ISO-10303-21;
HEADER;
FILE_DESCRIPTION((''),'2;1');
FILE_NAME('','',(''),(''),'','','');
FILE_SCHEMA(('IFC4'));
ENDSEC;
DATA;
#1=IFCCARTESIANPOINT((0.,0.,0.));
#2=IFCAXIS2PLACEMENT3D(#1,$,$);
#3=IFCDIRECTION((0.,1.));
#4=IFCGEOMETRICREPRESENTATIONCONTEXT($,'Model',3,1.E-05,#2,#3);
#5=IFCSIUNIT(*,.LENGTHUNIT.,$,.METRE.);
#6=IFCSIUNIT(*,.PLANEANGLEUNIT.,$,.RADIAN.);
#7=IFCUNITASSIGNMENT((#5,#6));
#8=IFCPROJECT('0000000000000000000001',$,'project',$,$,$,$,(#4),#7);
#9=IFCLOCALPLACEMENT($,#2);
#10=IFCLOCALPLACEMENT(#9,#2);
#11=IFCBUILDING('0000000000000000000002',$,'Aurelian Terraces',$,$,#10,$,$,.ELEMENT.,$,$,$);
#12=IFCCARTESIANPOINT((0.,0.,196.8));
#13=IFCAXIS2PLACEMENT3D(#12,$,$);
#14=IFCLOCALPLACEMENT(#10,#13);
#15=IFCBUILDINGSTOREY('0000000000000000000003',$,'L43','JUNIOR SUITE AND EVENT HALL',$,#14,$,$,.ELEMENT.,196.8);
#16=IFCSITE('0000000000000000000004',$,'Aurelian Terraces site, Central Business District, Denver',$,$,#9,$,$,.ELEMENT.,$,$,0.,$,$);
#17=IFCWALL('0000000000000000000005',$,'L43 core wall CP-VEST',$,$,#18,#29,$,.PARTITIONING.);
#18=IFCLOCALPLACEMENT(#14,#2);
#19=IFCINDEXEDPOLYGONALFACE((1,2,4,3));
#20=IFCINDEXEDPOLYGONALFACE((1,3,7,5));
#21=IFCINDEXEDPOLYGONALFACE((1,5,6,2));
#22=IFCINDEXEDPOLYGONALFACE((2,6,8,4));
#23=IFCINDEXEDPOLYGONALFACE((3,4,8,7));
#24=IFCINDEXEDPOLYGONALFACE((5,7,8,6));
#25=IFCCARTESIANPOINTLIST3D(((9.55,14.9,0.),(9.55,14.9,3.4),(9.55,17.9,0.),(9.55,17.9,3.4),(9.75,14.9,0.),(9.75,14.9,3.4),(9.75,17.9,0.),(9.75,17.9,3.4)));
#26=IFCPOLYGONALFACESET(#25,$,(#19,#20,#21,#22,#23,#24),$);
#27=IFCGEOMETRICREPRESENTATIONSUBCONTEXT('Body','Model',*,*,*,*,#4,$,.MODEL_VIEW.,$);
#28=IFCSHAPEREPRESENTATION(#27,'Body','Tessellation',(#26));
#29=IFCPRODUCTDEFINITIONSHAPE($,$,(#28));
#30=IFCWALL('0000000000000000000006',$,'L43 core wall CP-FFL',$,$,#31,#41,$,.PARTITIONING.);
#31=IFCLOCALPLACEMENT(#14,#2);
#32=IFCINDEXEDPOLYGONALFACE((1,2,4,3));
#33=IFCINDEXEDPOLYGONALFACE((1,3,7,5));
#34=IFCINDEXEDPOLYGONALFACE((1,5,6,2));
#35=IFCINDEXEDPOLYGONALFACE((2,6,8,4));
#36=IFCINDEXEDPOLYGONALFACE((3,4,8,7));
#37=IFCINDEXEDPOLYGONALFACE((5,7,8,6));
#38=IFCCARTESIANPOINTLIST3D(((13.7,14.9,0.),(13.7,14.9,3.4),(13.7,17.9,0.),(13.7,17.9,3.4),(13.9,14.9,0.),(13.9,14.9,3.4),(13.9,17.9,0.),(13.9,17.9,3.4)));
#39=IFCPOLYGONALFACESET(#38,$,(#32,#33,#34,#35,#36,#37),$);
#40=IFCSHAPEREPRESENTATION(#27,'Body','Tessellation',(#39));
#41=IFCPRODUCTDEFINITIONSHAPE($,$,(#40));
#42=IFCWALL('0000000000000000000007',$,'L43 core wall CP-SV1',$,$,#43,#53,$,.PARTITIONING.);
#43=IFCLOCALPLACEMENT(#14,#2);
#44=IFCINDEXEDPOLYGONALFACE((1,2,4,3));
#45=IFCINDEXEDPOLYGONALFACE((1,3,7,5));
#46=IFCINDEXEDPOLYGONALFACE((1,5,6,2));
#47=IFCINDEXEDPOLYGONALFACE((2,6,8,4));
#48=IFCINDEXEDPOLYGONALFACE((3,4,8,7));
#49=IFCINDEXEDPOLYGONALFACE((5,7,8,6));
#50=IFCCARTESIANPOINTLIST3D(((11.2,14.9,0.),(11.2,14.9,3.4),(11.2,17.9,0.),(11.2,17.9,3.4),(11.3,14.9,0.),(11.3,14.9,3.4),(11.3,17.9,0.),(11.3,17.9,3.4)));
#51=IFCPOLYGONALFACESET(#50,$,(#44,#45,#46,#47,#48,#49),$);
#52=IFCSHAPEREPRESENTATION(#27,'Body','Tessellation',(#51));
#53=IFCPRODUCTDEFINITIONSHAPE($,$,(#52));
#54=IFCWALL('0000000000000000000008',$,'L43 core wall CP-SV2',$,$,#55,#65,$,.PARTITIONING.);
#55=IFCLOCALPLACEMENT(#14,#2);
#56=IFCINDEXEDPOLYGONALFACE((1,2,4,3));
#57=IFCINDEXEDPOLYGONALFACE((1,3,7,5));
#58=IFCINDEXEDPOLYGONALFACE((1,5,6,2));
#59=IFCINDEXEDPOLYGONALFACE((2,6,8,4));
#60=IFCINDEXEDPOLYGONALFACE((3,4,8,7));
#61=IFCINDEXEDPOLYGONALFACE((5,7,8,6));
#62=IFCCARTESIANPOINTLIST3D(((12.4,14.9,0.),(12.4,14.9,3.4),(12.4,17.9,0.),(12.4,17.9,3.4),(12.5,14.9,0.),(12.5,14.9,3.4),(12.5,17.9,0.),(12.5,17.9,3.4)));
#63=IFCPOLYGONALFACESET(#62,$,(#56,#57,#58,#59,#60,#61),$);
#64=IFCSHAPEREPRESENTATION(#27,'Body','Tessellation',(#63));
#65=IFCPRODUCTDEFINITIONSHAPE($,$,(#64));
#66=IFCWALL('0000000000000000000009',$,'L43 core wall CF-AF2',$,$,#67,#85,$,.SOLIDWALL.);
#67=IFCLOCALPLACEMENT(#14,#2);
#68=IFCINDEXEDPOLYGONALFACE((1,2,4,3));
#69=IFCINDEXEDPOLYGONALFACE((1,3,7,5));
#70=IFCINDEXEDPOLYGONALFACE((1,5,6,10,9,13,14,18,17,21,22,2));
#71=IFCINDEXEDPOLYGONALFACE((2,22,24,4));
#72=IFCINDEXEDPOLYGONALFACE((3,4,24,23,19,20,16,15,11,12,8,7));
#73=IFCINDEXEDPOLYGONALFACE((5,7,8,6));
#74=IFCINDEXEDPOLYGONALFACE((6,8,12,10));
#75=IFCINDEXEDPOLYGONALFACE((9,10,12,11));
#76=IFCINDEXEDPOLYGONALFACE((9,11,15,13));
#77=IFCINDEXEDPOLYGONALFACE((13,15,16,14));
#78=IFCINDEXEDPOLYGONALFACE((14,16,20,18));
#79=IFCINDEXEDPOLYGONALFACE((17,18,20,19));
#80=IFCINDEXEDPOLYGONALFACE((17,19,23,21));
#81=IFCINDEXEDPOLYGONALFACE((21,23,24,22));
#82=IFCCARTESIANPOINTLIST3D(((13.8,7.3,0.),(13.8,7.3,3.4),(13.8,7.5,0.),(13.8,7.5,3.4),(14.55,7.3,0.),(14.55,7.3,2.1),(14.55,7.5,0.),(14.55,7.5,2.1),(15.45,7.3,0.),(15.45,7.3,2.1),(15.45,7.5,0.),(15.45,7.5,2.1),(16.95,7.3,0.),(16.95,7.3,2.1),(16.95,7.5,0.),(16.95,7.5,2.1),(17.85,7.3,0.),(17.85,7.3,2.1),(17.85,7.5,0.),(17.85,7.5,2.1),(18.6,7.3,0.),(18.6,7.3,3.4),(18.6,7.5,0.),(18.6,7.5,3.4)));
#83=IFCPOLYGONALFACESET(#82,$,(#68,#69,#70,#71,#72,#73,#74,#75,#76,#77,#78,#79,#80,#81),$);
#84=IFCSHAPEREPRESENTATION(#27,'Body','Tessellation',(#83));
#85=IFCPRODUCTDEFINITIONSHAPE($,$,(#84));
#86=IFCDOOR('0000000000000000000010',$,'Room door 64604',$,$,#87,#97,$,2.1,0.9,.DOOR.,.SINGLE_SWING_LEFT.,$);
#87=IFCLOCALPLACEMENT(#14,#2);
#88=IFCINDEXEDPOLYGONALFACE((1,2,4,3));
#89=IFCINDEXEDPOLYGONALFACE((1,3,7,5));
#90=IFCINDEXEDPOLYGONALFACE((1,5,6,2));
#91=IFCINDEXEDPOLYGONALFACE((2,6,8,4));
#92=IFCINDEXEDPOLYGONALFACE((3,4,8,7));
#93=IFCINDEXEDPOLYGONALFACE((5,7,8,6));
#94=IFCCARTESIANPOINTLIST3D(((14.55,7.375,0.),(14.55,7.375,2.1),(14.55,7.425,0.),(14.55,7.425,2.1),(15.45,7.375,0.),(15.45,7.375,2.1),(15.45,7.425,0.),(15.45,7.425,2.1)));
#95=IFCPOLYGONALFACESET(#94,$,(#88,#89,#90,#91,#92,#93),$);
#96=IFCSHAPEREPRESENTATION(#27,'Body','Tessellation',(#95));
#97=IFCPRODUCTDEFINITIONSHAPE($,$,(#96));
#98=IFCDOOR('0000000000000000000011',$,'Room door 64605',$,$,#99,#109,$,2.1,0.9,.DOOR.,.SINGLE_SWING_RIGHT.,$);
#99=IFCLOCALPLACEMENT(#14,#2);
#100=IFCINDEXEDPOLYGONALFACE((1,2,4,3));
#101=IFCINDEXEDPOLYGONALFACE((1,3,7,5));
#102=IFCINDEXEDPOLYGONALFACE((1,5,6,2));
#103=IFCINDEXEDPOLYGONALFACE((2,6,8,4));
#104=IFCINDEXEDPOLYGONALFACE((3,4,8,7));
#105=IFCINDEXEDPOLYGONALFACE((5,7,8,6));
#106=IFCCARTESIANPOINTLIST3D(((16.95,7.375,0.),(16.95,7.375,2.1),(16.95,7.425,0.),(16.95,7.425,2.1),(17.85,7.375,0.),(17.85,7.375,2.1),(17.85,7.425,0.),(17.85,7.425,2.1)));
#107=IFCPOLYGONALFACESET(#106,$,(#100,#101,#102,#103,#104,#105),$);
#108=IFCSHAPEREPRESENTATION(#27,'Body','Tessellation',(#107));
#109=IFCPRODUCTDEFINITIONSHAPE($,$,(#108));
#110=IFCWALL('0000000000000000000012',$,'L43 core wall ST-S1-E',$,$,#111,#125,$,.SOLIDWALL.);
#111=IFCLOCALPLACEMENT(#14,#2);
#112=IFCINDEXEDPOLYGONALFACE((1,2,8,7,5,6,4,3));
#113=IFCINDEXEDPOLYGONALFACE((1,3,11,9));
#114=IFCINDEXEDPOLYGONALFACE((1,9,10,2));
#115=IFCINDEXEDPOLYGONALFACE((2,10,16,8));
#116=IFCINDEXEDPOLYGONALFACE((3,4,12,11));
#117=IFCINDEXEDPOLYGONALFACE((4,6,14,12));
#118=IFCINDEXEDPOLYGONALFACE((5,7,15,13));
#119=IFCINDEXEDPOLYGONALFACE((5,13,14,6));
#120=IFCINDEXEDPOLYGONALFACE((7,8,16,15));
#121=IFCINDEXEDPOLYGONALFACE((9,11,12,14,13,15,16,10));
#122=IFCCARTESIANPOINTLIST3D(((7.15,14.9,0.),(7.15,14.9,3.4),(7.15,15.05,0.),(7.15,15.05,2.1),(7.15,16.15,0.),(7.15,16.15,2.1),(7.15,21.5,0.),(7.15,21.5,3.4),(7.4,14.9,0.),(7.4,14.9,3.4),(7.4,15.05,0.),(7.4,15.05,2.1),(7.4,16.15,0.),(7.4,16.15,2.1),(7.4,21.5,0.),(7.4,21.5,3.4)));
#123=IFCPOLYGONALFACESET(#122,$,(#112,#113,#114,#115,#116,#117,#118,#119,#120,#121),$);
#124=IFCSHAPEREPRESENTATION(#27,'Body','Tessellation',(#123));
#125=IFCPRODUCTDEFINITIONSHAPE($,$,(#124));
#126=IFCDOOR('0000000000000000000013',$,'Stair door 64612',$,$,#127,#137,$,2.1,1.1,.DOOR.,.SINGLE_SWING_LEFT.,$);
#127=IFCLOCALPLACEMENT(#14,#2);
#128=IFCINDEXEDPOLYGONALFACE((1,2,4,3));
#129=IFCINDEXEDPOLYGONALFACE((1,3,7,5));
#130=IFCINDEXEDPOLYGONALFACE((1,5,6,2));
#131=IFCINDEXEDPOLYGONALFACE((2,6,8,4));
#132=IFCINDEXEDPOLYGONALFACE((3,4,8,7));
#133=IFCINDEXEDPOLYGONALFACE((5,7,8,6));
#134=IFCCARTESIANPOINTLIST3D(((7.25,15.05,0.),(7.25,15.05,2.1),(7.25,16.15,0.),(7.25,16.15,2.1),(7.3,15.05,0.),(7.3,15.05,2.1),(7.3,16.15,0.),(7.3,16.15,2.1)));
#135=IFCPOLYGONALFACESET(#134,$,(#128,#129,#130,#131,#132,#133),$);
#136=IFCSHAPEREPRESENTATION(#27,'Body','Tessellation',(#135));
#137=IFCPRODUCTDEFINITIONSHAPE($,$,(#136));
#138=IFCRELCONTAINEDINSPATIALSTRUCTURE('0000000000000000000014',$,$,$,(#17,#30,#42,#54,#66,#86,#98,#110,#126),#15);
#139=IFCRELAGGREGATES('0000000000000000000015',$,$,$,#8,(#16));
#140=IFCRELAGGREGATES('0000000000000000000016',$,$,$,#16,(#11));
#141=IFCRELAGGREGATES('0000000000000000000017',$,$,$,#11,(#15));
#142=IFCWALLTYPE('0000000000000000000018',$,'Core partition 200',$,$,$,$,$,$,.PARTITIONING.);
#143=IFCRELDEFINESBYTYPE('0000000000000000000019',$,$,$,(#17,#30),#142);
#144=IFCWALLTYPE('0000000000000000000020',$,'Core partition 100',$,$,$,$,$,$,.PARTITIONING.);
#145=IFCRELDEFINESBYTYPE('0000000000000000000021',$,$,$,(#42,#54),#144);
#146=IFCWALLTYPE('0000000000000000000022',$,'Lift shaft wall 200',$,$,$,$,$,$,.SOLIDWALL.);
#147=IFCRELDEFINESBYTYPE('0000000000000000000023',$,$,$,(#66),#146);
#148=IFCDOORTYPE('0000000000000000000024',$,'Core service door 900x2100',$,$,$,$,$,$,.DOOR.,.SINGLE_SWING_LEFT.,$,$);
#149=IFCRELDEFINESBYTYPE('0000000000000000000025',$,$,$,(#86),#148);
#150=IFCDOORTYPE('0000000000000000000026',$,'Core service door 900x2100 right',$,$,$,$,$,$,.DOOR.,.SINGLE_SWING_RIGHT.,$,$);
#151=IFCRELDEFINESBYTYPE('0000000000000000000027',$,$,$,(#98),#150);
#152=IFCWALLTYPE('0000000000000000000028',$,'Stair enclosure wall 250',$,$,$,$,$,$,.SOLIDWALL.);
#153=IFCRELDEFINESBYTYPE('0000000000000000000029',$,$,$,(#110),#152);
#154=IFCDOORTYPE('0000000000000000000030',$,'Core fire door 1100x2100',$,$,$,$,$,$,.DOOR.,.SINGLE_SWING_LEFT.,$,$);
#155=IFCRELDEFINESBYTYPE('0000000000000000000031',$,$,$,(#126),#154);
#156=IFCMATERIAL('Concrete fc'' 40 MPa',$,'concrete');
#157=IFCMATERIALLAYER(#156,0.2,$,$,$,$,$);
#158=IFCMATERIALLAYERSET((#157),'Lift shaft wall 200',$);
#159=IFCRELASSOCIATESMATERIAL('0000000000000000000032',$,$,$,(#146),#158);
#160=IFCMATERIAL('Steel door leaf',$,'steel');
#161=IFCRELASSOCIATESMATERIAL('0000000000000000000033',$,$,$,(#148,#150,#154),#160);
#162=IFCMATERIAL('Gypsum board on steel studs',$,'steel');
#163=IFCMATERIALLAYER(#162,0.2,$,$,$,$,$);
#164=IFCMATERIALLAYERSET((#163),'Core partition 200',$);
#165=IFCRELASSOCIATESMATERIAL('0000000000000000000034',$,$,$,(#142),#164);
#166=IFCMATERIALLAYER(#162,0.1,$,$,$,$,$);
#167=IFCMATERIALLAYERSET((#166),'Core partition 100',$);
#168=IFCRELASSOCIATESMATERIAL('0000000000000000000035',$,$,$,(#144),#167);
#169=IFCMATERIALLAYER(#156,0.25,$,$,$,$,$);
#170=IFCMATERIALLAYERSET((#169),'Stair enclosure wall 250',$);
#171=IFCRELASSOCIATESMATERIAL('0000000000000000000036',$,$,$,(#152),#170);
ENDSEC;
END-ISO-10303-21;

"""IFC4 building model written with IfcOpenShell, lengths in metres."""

from ifc_helpers import new_model, si_unit, direction, frame, frame_2d, origin, place, context, subcontext, project, spatial, rectangle, extrude, source, transform, mapped, material, layer, layer_set, type_object, element, fill, save


model = new_model("IFC4")

# Units and contexts
model_context = context("Model", 3, precision=1e-05, world=origin(), true_north=direction((0.0, 1.0)))
body_context = subcontext(model_context, "Body", "Model", "MODEL_VIEW")
ifc_project = project(units=[si_unit("LENGTHUNIT", "METRE"), si_unit("PLANEANGLEUNIT", "RADIAN")], contexts=[model_context])

# Site, building, storey
site_placement = place(None, origin())
site = spatial("IfcSite", under=ifc_project, at=site_placement, Name="Aurelian Terraces site, Central Business District, Denver", CompositionType="ELEMENT", RefElevation=0.0)
building_placement = place(site_placement, origin())
building = spatial("IfcBuilding", under=site, at=building_placement, Name="Aurelian Terraces", CompositionType="ELEMENT")
storey_placement = place(building_placement, frame((0.0, 0.0, 196.8)))
storey = spatial("IfcBuildingStorey", under=building, at=storey_placement, Name="L43", Description="JUNIOR SUITE AND EVENT HALL", CompositionType="ELEMENT", Elevation=196.8)

# Shared definitions
ifc_material_1 = material(Name="Concrete fc' 40 MPa", Category="concrete")
ifc_layer_1 = layer(ifc_material_1, 0.2)
ifc_layer_set_1 = layer_set([ifc_layer_1], Name="Lift shaft wall 200")
wall_type_1 = type_object("IfcWallType", Name="Lift shaft wall 200", PredefinedType="SOLIDWALL", material=ifc_layer_set_1)

# Shared definitions
shared_shape_1 = source(origin(), body_context, "Body", "SweptSolid", [
    extrude(rectangle(XDim=1.1, YDim=2.1, at=frame_2d((0.55, 1.05))), frame((0.0, 0.025, 0.0), z_axis=(0.0, -1.0, 0.0), x_axis=(1.0, 0.0, 0.0)), (0.0, 0.0, 1.0), 0.05),
])

# Shared definitions
shared_shape_2 = source(origin(), body_context, "Body", "SweptSolid", [
    extrude(rectangle(XDim=0.9, YDim=2.1, at=frame_2d((0.45, 1.05))), frame((0.0, 0.11, 0.0), z_axis=(0.0, -1.0, 0.0), x_axis=(1.0, 0.0, 0.0)), (0.0, 0.0, 1.0), 0.22),
])
ifc_material_2 = material(Name="Steel door leaf", Category="steel")
door_type_1 = type_object("IfcDoorType", Name="Core service door 900x2100", OperationType="SINGLE_SWING_LEFT", PredefinedType="DOOR", material=ifc_material_2)
shared_shape_3 = source(origin(), body_context, "Body", "SweptSolid", [
    extrude(rectangle(XDim=0.9, YDim=2.1, at=frame_2d((0.45, 1.05))), frame((0.0, 0.025, 0.0), z_axis=(0.0, -1.0, 0.0), x_axis=(1.0, 0.0, 0.0)), (0.0, 0.0, 1.0), 0.05),
])

# Walls
ifc_material_3 = material(Name="Gypsum board on steel studs", Category="steel")
ifc_layer_2 = layer(ifc_material_3, 0.2)
ifc_layer_set_2 = layer_set([ifc_layer_2], Name="Core partition 200")
wall_type_2 = type_object("IfcWallType", Name="Core partition 200", PredefinedType="PARTITIONING", material=ifc_layer_set_2)
shared_shape_4 = source(origin(), body_context, "Body", "SweptSolid", [
    extrude(rectangle(XDim=3.0, YDim=0.2, at=frame_2d((1.5, 0.0))), origin(), (0.0, 0.0, 1.0), 3.4),
])
for number, where, z_axis, x_axis, name in (
    (1, (9.65, 14.9, 0.0), (0.0, 0.0, 1.0), (0.0, 1.0, 0.0), "L43 core wall CP-VEST"),
    (2, (13.8, 14.9, 0.0), (0.0, 0.0, 1.0), (0.0, 1.0, 0.0), "L43 core wall CP-FFL"),
):
    element("IfcWall", number, at=place(storey_placement, frame(where, z_axis=z_axis, x_axis=x_axis)), inside=storey, type_object=wall_type_2, Name=name, PredefinedType="PARTITIONING", context=body_context, shape_type="MappedRepresentation", body=[
        mapped(shared_shape_4, transform((0.0, 0.0, 0.0), scale=1.0)),
    ])
ifc_layer_3 = layer(ifc_material_3, 0.1)
ifc_layer_set_3 = layer_set([ifc_layer_3], Name="Core partition 100")
wall_type_3 = type_object("IfcWallType", Name="Core partition 100", PredefinedType="PARTITIONING", material=ifc_layer_set_3)
shared_shape_5 = source(origin(), body_context, "Body", "SweptSolid", [
    extrude(rectangle(XDim=3.0, YDim=0.1, at=frame_2d((1.5, 0.0))), origin(), (0.0, 0.0, 1.0), 3.4),
])
for number, where, z_axis, x_axis, name in (
    (3, (11.25, 14.9, 0.0), (0.0, 0.0, 1.0), (0.0, 1.0, 0.0), "L43 core wall CP-SV1"),
    (4, (12.45, 14.9, 0.0), (0.0, 0.0, 1.0), (0.0, 1.0, 0.0), "L43 core wall CP-SV2"),
):
    element("IfcWall", number, at=place(storey_placement, frame(where, z_axis=z_axis, x_axis=x_axis)), inside=storey, type_object=wall_type_3, Name=name, PredefinedType="PARTITIONING", context=body_context, shape_type="MappedRepresentation", body=[
        mapped(shared_shape_5, transform((0.0, 0.0, 0.0), scale=1.0)),
    ])

# Wall, openings, doors
shared_shape_6 = source(origin(), body_context, "Body", "SweptSolid", [
    extrude(rectangle(XDim=4.8, YDim=0.2, at=frame_2d((2.4, 0.0))), origin(), (0.0, 0.0, 1.0), 3.4),
])
wall_1_placement = place(storey_placement, frame((13.8, 7.4, 0.0), z_axis=(0.0, 0.0, 1.0), x_axis=(1.0, 0.0, 0.0)))
wall_1 = element("IfcWall", 5, at=wall_1_placement, inside=storey, type_object=wall_type_1, Name="L43 core wall CF-AF2", PredefinedType="SOLIDWALL", context=body_context, shape_type="MappedRepresentation", body=[
    mapped(shared_shape_6, transform((0.0, 0.0, 0.0), scale=1.0)),
])
opening_1_placement = place(wall_1_placement, frame((0.75, 0.0, 0.0)))
opening_1 = element("IfcOpeningElement", 6, at=opening_1_placement, cuts=wall_1, PredefinedType="OPENING", context=body_context, shape_type="MappedRepresentation", body=[
    mapped(shared_shape_2, transform((0.0, 0.0, 0.0), scale=1.0)),
])
opening_2_placement = place(wall_1_placement, frame((3.15, 0.0, 0.0)))
opening_2 = element("IfcOpeningElement", 7, at=opening_2_placement, cuts=wall_1, PredefinedType="OPENING", context=body_context, shape_type="MappedRepresentation", body=[
    mapped(shared_shape_2, transform((0.0, 0.0, 0.0), scale=1.0)),
])
door_1_placement = place(opening_1_placement, origin())
door_1 = element("IfcDoor", 8, at=door_1_placement, inside=storey, type_object=door_type_1, Name="Room door 64604", OperationType="SINGLE_SWING_LEFT", OverallHeight=2.1, OverallWidth=0.9, PredefinedType="DOOR", context=body_context, shape_type="MappedRepresentation", body=[
    mapped(shared_shape_3, transform((0.0, 0.0, 0.0), scale=1.0)),
])
fill(opening_1, door_1)
door_type_2 = type_object("IfcDoorType", Name="Core service door 900x2100 right", OperationType="SINGLE_SWING_RIGHT", PredefinedType="DOOR", material=ifc_material_2)
door_2_placement = place(opening_2_placement, origin())
door_2 = element("IfcDoor", 9, at=door_2_placement, inside=storey, type_object=door_type_2, Name="Room door 64605", OperationType="SINGLE_SWING_RIGHT", OverallHeight=2.1, OverallWidth=0.9, PredefinedType="DOOR", context=body_context, shape_type="MappedRepresentation", body=[
    mapped(shared_shape_3, transform((0.0, 0.0, 0.0), scale=1.0)),
])
fill(opening_2, door_2)

# Wall, opening, door
ifc_layer_4 = layer(ifc_material_1, 0.25)
ifc_layer_set_4 = layer_set([ifc_layer_4], Name="Stair enclosure wall 250")
wall_type_4 = type_object("IfcWallType", Name="Stair enclosure wall 250", PredefinedType="SOLIDWALL", material=ifc_layer_set_4)
shared_shape_7 = source(origin(), body_context, "Body", "SweptSolid", [
    extrude(rectangle(XDim=6.6, YDim=0.25, at=frame_2d((3.3, 0.0))), origin(), (0.0, 0.0, 1.0), 3.4),
])
wall_2_placement = place(storey_placement, frame((7.275, 14.9, 0.0), z_axis=(0.0, 0.0, 1.0), x_axis=(0.0, 1.0, 0.0)))
wall_2 = element("IfcWall", 10, at=wall_2_placement, inside=storey, type_object=wall_type_4, Name="L43 core wall ST-S1-E", PredefinedType="SOLIDWALL", context=body_context, shape_type="MappedRepresentation", body=[
    mapped(shared_shape_7, transform((0.0, 0.0, 0.0), scale=1.0)),
])
shared_shape_8 = source(origin(), body_context, "Body", "SweptSolid", [
    extrude(rectangle(XDim=1.1, YDim=2.1, at=frame_2d((0.55, 1.05))), frame((0.0, 0.135, 0.0), z_axis=(0.0, -1.0, 0.0), x_axis=(1.0, 0.0, 0.0)), (0.0, 0.0, 1.0), 0.27),
])
opening_3_placement = place(wall_2_placement, frame((0.15, 0.0, 0.0)))
opening_3 = element("IfcOpeningElement", 11, at=opening_3_placement, cuts=wall_2, PredefinedType="OPENING", context=body_context, shape_type="MappedRepresentation", body=[
    mapped(shared_shape_8, transform((0.0, 0.0, 0.0), scale=1.0)),
])
door_type_3 = type_object("IfcDoorType", Name="Core fire door 1100x2100", OperationType="SINGLE_SWING_LEFT", PredefinedType="DOOR", material=ifc_material_2)
door_3_placement = place(opening_3_placement, origin())
door_3 = element("IfcDoor", 12, at=door_3_placement, inside=storey, type_object=door_type_3, Name="Stair door 64612", OperationType="SINGLE_SWING_LEFT", OverallHeight=2.1, OverallWidth=1.1, PredefinedType="DOOR", context=body_context, shape_type="MappedRepresentation", body=[
    mapped(shared_shape_1, transform((0.0, 0.0, 0.0), scale=1.0)),
])
fill(opening_3, door_3)

save(model, "model.ifc")
